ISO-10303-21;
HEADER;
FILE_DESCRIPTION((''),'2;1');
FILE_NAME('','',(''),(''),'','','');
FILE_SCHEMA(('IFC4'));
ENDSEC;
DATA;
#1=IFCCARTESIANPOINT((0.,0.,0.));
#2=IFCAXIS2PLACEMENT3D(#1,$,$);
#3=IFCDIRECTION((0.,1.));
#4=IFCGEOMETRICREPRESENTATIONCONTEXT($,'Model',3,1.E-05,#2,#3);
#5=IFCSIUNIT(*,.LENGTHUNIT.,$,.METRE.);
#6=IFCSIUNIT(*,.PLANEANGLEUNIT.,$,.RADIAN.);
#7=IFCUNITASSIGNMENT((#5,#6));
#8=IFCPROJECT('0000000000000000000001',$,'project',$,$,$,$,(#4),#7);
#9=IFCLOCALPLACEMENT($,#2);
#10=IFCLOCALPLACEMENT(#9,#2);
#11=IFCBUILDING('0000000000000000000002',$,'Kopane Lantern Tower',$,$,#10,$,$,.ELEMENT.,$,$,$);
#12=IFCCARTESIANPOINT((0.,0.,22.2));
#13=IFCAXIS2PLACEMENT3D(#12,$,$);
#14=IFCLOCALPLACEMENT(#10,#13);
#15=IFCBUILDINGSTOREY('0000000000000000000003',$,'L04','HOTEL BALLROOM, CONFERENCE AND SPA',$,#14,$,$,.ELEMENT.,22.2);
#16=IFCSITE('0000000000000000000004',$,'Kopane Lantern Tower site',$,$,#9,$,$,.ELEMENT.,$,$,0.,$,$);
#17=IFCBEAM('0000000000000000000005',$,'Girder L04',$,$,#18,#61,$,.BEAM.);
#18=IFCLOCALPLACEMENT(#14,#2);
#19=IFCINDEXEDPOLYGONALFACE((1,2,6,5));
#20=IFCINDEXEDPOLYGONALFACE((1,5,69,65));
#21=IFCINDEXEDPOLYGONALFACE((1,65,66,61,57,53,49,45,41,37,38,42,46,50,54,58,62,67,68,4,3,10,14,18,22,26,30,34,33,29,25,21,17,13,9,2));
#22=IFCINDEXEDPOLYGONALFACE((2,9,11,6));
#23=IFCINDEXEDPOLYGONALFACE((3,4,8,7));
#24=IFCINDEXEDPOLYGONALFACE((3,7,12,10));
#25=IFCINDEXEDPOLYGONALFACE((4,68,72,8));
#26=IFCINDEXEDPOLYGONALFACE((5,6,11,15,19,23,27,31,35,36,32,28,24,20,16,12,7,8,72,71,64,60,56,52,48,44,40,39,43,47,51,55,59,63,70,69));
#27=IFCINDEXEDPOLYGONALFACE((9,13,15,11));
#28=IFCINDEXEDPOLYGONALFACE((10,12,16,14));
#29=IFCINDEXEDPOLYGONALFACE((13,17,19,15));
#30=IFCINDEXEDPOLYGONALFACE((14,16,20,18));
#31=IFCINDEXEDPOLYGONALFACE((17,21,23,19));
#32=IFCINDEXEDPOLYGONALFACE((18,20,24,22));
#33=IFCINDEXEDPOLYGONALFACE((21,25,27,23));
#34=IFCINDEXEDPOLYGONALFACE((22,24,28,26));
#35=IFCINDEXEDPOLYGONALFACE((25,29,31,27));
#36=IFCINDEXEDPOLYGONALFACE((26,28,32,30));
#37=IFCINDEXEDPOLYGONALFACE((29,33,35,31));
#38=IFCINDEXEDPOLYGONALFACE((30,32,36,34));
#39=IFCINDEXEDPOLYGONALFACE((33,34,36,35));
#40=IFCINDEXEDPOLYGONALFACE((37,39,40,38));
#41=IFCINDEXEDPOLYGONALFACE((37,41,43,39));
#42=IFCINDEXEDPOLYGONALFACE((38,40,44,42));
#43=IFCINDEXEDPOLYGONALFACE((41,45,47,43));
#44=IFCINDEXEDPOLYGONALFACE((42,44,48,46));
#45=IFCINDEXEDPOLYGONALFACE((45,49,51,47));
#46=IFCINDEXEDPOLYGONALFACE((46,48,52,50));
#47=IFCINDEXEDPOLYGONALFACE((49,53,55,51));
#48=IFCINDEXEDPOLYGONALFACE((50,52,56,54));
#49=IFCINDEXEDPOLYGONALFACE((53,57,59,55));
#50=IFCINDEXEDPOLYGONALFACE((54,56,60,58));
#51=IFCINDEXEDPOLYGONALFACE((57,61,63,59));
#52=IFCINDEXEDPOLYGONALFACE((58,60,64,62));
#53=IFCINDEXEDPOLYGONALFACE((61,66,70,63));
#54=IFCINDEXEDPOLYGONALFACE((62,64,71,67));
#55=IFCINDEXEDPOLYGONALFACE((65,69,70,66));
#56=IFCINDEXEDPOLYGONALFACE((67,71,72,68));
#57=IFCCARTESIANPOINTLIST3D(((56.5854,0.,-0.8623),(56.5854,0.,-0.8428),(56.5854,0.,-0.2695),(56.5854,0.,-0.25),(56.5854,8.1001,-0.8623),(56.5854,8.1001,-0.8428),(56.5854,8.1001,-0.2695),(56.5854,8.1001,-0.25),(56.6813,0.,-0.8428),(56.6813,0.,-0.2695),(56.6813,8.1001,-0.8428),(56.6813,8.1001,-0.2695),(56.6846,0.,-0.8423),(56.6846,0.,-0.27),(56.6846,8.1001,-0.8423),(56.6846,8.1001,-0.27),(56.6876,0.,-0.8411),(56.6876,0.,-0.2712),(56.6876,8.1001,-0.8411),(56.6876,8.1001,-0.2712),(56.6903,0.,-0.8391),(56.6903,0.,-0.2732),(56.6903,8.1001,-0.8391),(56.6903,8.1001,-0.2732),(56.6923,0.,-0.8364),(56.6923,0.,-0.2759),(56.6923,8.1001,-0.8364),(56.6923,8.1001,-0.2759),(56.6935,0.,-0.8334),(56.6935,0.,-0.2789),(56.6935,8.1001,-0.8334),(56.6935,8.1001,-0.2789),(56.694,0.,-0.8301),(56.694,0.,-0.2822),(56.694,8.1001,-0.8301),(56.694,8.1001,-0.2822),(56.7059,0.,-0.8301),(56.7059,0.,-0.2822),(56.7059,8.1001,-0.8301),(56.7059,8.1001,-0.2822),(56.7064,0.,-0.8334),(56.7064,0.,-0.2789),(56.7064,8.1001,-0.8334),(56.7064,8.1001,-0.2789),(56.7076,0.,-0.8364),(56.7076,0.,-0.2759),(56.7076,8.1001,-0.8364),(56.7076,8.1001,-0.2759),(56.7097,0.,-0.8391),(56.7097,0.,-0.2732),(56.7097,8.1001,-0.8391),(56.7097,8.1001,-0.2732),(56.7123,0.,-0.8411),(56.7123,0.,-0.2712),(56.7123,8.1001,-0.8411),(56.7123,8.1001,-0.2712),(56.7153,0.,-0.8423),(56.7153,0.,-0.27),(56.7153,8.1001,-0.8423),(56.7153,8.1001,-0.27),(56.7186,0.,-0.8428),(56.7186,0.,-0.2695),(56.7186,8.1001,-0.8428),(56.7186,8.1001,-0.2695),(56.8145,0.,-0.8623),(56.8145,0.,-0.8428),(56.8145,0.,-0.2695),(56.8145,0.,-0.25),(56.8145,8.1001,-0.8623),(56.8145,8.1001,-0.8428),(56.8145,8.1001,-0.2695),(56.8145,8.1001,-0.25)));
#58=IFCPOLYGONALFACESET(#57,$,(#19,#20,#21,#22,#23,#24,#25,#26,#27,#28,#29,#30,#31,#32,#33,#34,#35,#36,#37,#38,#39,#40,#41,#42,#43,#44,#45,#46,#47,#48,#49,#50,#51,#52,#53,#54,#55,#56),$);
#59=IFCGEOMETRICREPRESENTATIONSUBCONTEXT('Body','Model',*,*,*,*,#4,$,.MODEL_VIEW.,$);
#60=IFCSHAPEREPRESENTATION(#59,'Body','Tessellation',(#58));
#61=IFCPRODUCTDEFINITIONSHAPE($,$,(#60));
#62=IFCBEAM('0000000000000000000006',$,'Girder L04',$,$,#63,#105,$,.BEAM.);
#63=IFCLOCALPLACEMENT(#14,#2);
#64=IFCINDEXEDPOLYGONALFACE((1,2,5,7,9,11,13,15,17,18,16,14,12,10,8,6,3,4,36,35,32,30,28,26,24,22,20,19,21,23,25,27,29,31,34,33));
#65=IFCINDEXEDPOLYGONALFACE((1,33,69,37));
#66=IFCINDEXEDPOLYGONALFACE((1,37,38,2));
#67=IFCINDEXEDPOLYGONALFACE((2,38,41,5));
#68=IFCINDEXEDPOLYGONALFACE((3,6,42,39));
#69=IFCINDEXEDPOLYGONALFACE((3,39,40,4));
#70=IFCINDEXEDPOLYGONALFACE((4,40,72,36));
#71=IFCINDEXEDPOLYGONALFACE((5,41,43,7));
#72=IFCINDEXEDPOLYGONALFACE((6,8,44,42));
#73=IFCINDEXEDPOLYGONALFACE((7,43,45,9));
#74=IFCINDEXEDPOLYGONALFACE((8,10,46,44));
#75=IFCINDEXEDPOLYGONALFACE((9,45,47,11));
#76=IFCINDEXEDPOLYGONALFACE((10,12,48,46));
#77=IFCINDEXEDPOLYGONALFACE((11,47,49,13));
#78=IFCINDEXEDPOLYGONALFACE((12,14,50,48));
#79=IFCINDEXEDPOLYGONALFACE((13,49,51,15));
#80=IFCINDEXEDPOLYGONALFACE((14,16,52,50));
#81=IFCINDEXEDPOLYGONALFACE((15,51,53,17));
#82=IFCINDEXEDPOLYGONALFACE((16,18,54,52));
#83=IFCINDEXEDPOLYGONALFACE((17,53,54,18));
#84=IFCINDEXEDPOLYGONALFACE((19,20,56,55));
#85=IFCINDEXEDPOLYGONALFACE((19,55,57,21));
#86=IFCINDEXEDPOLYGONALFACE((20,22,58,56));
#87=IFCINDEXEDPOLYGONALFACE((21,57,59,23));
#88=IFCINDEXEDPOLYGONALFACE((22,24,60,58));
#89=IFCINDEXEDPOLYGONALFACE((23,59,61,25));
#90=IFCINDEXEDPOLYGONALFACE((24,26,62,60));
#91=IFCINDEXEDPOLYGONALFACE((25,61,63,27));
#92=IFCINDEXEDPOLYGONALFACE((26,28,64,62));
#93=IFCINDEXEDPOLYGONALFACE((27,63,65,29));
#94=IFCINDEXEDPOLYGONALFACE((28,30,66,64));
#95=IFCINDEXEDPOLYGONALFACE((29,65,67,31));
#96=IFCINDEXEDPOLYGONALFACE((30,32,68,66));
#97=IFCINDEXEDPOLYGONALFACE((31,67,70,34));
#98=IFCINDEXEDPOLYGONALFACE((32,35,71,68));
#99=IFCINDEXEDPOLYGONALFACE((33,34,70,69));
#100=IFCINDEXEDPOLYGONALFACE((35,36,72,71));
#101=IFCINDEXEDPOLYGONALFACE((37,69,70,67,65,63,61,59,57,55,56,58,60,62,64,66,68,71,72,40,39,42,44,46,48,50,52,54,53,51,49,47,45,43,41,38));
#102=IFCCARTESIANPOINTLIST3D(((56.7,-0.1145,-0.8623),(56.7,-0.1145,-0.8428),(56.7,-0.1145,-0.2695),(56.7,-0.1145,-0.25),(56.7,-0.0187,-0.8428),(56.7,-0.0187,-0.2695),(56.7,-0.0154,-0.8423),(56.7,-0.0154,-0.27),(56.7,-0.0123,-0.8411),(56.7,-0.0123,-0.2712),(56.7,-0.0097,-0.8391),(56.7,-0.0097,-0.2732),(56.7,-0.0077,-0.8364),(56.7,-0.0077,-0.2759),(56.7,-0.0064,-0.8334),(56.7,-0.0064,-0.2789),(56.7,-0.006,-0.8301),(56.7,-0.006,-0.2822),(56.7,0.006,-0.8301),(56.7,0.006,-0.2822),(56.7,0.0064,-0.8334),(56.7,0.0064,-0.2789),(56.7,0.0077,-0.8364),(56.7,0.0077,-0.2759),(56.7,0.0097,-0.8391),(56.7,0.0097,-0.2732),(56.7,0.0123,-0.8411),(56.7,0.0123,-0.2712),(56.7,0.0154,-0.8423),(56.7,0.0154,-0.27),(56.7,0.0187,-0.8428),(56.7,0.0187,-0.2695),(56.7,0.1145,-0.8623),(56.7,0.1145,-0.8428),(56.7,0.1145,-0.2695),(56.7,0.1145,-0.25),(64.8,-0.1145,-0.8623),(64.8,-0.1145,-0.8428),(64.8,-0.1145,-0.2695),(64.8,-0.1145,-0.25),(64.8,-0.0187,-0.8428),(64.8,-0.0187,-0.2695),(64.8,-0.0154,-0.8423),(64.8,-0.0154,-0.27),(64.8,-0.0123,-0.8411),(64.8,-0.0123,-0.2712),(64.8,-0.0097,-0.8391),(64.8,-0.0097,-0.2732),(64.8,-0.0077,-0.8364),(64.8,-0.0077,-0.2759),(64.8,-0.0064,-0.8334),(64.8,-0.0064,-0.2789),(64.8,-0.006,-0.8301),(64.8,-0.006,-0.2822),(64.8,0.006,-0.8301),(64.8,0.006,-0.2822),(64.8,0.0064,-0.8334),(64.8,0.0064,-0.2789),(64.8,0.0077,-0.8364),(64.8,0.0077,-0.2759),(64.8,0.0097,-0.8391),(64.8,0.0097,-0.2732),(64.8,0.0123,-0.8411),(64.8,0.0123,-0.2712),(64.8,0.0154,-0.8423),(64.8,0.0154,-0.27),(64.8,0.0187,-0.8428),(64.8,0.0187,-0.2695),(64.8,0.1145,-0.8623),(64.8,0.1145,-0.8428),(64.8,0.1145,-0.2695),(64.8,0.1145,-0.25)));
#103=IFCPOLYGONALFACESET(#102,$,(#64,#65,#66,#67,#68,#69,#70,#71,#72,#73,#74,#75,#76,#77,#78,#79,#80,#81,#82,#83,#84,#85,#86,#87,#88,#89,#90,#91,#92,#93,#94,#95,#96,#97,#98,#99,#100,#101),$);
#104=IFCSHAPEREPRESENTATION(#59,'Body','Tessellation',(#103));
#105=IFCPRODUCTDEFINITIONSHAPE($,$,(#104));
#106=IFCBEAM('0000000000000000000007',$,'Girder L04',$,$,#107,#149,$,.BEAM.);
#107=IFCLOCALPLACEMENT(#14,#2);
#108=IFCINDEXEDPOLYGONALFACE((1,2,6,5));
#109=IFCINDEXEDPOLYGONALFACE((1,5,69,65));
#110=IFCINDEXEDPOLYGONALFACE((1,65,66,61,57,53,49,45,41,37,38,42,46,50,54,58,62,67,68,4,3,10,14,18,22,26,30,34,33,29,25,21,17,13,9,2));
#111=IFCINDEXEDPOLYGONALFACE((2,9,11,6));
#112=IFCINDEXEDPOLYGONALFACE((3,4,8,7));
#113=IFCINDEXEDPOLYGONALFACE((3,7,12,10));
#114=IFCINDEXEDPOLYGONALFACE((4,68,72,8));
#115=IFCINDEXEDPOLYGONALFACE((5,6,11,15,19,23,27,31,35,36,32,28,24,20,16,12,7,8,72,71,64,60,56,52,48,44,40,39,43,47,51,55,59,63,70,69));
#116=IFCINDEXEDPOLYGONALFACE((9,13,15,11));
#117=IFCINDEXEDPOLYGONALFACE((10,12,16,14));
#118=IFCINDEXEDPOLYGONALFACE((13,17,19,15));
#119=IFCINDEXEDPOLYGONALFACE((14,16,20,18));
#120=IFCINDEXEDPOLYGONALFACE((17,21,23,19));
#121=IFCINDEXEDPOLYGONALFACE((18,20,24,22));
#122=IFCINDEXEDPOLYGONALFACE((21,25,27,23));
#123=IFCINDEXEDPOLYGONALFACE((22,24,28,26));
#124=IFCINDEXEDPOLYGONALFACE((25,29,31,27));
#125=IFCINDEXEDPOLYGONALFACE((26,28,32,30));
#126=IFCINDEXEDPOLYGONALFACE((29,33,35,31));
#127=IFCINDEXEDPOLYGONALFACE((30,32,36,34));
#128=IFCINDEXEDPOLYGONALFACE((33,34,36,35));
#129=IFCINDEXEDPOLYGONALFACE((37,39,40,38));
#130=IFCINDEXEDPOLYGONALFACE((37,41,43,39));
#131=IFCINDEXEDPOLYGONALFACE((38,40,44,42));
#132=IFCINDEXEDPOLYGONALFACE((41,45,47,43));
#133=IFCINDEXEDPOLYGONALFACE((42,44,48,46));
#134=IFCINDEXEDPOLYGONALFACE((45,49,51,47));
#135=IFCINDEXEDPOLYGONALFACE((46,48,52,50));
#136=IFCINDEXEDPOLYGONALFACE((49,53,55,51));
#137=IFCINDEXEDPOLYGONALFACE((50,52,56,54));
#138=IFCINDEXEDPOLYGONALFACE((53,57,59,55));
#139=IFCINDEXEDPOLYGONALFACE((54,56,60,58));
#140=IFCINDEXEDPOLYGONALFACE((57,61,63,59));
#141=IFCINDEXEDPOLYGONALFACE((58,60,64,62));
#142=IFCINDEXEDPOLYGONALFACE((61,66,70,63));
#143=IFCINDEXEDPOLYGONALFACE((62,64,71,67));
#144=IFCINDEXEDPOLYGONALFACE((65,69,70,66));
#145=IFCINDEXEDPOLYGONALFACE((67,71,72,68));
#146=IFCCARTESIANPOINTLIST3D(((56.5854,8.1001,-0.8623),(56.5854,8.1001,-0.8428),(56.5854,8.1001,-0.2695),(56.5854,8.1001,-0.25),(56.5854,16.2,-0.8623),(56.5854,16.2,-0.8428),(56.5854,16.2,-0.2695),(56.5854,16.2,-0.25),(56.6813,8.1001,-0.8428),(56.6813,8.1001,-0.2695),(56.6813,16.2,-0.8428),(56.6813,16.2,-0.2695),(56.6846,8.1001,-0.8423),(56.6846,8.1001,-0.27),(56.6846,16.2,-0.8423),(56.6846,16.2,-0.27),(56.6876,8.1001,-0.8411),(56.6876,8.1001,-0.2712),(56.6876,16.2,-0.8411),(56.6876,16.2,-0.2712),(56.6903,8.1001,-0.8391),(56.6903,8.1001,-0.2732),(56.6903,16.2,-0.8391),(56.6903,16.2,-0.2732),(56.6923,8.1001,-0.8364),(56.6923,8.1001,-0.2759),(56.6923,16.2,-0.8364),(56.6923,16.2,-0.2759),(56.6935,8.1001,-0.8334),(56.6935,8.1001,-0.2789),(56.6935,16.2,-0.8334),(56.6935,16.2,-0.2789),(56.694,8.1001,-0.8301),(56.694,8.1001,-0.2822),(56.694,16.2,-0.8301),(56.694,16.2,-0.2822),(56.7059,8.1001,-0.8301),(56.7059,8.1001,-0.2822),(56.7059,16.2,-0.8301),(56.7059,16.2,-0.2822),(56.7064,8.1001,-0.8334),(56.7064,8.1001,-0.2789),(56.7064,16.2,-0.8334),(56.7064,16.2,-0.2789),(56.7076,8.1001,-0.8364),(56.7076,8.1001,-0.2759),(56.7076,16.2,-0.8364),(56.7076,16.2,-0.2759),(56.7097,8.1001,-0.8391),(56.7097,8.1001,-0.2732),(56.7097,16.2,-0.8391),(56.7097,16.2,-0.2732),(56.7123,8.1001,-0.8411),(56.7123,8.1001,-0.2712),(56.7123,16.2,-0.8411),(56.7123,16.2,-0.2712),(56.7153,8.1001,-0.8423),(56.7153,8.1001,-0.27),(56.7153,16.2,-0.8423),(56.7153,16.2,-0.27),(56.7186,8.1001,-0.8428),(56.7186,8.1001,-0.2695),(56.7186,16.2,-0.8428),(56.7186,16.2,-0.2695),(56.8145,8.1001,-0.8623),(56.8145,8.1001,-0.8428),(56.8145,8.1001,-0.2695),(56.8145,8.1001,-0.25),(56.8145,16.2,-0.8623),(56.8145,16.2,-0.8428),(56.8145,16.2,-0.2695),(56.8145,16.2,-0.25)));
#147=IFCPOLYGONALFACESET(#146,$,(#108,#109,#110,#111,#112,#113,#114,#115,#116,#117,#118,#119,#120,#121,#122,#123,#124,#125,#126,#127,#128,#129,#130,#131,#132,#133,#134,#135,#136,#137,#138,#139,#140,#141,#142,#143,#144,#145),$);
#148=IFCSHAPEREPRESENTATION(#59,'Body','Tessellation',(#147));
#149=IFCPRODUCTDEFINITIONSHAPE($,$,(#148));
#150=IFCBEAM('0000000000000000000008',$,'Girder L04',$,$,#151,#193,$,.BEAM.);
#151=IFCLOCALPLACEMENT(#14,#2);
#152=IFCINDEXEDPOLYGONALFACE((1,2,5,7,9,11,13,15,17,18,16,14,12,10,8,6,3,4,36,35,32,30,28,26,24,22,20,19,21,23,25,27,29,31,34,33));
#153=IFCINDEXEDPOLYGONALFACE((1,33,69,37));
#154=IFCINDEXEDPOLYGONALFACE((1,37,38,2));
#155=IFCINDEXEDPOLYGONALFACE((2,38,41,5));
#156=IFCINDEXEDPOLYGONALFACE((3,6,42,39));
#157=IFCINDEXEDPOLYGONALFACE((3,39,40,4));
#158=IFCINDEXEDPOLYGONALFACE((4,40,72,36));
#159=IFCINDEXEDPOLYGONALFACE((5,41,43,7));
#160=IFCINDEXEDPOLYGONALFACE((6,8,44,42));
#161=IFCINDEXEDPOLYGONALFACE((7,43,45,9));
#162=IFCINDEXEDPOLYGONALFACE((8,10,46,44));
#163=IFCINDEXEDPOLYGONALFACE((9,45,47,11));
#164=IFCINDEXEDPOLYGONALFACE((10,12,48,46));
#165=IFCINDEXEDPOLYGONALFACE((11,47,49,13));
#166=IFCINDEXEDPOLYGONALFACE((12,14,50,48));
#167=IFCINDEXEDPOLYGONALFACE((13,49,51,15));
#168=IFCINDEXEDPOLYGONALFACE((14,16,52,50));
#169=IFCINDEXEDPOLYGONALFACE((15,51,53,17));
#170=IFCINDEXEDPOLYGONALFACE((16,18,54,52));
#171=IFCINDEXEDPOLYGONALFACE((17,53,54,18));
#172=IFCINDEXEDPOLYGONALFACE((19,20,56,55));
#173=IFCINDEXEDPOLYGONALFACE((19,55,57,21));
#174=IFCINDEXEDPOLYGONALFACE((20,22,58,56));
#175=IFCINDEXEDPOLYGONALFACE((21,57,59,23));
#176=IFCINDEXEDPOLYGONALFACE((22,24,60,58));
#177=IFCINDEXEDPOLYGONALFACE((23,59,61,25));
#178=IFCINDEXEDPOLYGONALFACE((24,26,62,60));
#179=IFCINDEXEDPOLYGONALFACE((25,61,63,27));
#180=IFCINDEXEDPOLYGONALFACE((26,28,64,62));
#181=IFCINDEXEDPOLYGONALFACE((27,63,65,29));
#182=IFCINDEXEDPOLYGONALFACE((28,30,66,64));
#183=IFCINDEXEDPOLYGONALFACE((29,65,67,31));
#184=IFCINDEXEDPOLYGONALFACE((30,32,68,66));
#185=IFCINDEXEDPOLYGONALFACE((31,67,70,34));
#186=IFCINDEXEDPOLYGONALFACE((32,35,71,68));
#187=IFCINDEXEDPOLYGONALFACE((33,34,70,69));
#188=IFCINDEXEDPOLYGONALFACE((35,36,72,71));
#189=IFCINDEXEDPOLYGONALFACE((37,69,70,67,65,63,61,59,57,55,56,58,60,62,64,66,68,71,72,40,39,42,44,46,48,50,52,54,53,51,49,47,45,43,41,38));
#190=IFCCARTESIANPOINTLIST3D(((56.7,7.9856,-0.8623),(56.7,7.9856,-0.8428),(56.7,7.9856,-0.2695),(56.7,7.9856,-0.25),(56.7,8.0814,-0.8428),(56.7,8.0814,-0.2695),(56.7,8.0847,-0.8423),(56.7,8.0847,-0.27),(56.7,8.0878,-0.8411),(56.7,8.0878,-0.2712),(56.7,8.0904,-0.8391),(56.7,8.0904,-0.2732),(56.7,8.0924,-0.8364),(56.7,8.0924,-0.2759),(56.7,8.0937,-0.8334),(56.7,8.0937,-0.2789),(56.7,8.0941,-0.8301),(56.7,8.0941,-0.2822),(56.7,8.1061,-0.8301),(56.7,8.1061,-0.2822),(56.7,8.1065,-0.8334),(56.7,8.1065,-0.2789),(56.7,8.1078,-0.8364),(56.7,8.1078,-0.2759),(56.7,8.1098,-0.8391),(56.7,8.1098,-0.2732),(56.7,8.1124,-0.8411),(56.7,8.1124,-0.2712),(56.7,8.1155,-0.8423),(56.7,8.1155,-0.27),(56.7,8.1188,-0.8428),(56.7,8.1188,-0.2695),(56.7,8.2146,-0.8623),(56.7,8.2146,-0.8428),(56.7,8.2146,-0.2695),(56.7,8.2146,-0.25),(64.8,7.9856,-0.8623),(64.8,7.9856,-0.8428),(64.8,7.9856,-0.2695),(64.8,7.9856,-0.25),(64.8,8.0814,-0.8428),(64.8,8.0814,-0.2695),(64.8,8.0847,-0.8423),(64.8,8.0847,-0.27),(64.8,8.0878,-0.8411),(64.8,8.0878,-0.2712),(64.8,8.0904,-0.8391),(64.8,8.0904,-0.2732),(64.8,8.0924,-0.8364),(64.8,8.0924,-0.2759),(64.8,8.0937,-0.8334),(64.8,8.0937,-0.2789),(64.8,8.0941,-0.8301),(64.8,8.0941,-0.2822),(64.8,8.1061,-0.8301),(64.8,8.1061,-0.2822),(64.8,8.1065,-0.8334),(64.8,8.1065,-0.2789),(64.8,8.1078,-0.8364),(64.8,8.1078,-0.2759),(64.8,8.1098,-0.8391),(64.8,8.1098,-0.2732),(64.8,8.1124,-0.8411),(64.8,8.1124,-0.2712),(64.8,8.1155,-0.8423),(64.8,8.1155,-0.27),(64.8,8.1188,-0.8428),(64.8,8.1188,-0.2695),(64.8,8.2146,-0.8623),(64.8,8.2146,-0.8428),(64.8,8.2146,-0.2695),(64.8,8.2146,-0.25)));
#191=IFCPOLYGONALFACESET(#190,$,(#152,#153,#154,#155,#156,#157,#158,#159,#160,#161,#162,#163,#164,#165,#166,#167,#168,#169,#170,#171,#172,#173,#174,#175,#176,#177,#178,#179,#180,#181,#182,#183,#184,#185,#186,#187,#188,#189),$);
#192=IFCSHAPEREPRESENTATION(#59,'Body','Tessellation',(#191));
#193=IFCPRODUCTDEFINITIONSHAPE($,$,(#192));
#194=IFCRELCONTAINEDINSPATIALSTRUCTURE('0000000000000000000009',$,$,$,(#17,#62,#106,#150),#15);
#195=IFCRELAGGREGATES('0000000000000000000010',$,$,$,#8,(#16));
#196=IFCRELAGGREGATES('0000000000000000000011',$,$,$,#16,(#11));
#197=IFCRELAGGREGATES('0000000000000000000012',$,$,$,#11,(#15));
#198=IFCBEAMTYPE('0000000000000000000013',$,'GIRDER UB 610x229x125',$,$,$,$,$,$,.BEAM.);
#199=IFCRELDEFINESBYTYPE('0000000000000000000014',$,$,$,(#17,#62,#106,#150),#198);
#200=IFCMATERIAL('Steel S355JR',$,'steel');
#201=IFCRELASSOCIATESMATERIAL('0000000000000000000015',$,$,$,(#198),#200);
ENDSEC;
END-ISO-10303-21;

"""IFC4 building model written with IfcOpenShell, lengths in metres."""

from ifc_helpers import new_model, si_unit, direction, frame, origin, origin_2d, place, context, subcontext, project, spatial, i_section, extrude, material, material_profile, profile_set, type_object, element, save


model = new_model("IFC4")

# Units and contexts
model_context = context("Model", 3, precision=1e-05, world=origin(), true_north=direction((0.0, 1.0)))
body_context = subcontext(model_context, "Body", "Model", "MODEL_VIEW")
ifc_project = project(units=[si_unit("LENGTHUNIT", "METRE"), si_unit("PLANEANGLEUNIT", "RADIAN")], contexts=[model_context])

# Site, building, storey
site_placement = place(None, origin())
site = spatial("IfcSite", under=ifc_project, at=site_placement, Name="Kopane Lantern Tower site", CompositionType="ELEMENT", RefElevation=0.0)
building_placement = place(site_placement, origin())
building = spatial("IfcBuilding", under=site, at=building_placement, Name="Kopane Lantern Tower", CompositionType="ELEMENT")
storey_placement = place(building_placement, frame((0.0, 0.0, 22.2)))
storey = spatial("IfcBuildingStorey", under=building, at=storey_placement, Name="L04", Description="HOTEL BALLROOM, CONFERENCE AND SPA", CompositionType="ELEMENT", Elevation=22.2)

# Beams
ifc_material_1 = material(Name="Steel S355JR", Category="steel")
ifc_material_profile_1 = material_profile(ifc_material_1, i_section(OverallWidth=0.229, OverallDepth=0.6123, WebThickness=0.012, FlangeThickness=0.0195, FilletRadius=0.0127, at=origin_2d()), Name="UB 610x229x125")
ifc_profile_set_1 = profile_set([ifc_material_profile_1], Name="Steel S355JR")
beam_type_1 = type_object("IfcBeamType", Name="GIRDER UB 610x229x125", PredefinedType="BEAM", material=ifc_profile_set_1)
for number, where, z_axis, x_axis, name in (
    (1, (56.7, 0.0, -0.5562), (0.0, 1.0, 0.0), (-1.0, 0.0, 0.0), "Girder L04"),
    (2, (56.7, 0.0, -0.5562), (1.0, 0.0, 0.0), (0.0, 1.0, 0.0), "Girder L04"),
):
    element("IfcBeam", number, at=place(storey_placement, frame(where, z_axis=z_axis, x_axis=x_axis)), inside=storey, type_object=beam_type_1, Name=name, PredefinedType="BEAM", context=body_context, shape_type="SweptSolid", body=[
        extrude(i_section(OverallWidth=0.229, OverallDepth=0.6123, WebThickness=0.012, FlangeThickness=0.0195, FilletRadius=0.0127, at=origin_2d()), origin(), (0.0, 0.0, 1.0), 8.1001),
    ])
beam_1_placement = place(storey_placement, frame((56.7, 8.1001, -0.5562), z_axis=(0.0, 1.0, 0.0), x_axis=(-1.0, 0.0, 0.0)))
element("IfcBeam", 3, at=beam_1_placement, inside=storey, type_object=beam_type_1, Name="Girder L04", PredefinedType="BEAM", context=body_context, shape_type="SweptSolid", body=[
    extrude(i_section(OverallWidth=0.229, OverallDepth=0.6123, WebThickness=0.012, FlangeThickness=0.0195, FilletRadius=0.0127, at=origin_2d()), origin(), (0.0, 0.0, 1.0), 8.0999),
])
for number, where, z_axis, x_axis, name in (
    (4, (56.7, 8.1001, -0.5562), (1.0, 0.0, 0.0), (0.0, 1.0, 0.0), "Girder L04"),
):
    element("IfcBeam", number, at=place(storey_placement, frame(where, z_axis=z_axis, x_axis=x_axis)), inside=storey, type_object=beam_type_1, Name=name, PredefinedType="BEAM", context=body_context, shape_type="SweptSolid", body=[
        extrude(i_section(OverallWidth=0.229, OverallDepth=0.6123, WebThickness=0.012, FlangeThickness=0.0195, FilletRadius=0.0127, at=origin_2d()), origin(), (0.0, 0.0, 1.0), 8.1001),
    ])

save(model, "model.ifc")
